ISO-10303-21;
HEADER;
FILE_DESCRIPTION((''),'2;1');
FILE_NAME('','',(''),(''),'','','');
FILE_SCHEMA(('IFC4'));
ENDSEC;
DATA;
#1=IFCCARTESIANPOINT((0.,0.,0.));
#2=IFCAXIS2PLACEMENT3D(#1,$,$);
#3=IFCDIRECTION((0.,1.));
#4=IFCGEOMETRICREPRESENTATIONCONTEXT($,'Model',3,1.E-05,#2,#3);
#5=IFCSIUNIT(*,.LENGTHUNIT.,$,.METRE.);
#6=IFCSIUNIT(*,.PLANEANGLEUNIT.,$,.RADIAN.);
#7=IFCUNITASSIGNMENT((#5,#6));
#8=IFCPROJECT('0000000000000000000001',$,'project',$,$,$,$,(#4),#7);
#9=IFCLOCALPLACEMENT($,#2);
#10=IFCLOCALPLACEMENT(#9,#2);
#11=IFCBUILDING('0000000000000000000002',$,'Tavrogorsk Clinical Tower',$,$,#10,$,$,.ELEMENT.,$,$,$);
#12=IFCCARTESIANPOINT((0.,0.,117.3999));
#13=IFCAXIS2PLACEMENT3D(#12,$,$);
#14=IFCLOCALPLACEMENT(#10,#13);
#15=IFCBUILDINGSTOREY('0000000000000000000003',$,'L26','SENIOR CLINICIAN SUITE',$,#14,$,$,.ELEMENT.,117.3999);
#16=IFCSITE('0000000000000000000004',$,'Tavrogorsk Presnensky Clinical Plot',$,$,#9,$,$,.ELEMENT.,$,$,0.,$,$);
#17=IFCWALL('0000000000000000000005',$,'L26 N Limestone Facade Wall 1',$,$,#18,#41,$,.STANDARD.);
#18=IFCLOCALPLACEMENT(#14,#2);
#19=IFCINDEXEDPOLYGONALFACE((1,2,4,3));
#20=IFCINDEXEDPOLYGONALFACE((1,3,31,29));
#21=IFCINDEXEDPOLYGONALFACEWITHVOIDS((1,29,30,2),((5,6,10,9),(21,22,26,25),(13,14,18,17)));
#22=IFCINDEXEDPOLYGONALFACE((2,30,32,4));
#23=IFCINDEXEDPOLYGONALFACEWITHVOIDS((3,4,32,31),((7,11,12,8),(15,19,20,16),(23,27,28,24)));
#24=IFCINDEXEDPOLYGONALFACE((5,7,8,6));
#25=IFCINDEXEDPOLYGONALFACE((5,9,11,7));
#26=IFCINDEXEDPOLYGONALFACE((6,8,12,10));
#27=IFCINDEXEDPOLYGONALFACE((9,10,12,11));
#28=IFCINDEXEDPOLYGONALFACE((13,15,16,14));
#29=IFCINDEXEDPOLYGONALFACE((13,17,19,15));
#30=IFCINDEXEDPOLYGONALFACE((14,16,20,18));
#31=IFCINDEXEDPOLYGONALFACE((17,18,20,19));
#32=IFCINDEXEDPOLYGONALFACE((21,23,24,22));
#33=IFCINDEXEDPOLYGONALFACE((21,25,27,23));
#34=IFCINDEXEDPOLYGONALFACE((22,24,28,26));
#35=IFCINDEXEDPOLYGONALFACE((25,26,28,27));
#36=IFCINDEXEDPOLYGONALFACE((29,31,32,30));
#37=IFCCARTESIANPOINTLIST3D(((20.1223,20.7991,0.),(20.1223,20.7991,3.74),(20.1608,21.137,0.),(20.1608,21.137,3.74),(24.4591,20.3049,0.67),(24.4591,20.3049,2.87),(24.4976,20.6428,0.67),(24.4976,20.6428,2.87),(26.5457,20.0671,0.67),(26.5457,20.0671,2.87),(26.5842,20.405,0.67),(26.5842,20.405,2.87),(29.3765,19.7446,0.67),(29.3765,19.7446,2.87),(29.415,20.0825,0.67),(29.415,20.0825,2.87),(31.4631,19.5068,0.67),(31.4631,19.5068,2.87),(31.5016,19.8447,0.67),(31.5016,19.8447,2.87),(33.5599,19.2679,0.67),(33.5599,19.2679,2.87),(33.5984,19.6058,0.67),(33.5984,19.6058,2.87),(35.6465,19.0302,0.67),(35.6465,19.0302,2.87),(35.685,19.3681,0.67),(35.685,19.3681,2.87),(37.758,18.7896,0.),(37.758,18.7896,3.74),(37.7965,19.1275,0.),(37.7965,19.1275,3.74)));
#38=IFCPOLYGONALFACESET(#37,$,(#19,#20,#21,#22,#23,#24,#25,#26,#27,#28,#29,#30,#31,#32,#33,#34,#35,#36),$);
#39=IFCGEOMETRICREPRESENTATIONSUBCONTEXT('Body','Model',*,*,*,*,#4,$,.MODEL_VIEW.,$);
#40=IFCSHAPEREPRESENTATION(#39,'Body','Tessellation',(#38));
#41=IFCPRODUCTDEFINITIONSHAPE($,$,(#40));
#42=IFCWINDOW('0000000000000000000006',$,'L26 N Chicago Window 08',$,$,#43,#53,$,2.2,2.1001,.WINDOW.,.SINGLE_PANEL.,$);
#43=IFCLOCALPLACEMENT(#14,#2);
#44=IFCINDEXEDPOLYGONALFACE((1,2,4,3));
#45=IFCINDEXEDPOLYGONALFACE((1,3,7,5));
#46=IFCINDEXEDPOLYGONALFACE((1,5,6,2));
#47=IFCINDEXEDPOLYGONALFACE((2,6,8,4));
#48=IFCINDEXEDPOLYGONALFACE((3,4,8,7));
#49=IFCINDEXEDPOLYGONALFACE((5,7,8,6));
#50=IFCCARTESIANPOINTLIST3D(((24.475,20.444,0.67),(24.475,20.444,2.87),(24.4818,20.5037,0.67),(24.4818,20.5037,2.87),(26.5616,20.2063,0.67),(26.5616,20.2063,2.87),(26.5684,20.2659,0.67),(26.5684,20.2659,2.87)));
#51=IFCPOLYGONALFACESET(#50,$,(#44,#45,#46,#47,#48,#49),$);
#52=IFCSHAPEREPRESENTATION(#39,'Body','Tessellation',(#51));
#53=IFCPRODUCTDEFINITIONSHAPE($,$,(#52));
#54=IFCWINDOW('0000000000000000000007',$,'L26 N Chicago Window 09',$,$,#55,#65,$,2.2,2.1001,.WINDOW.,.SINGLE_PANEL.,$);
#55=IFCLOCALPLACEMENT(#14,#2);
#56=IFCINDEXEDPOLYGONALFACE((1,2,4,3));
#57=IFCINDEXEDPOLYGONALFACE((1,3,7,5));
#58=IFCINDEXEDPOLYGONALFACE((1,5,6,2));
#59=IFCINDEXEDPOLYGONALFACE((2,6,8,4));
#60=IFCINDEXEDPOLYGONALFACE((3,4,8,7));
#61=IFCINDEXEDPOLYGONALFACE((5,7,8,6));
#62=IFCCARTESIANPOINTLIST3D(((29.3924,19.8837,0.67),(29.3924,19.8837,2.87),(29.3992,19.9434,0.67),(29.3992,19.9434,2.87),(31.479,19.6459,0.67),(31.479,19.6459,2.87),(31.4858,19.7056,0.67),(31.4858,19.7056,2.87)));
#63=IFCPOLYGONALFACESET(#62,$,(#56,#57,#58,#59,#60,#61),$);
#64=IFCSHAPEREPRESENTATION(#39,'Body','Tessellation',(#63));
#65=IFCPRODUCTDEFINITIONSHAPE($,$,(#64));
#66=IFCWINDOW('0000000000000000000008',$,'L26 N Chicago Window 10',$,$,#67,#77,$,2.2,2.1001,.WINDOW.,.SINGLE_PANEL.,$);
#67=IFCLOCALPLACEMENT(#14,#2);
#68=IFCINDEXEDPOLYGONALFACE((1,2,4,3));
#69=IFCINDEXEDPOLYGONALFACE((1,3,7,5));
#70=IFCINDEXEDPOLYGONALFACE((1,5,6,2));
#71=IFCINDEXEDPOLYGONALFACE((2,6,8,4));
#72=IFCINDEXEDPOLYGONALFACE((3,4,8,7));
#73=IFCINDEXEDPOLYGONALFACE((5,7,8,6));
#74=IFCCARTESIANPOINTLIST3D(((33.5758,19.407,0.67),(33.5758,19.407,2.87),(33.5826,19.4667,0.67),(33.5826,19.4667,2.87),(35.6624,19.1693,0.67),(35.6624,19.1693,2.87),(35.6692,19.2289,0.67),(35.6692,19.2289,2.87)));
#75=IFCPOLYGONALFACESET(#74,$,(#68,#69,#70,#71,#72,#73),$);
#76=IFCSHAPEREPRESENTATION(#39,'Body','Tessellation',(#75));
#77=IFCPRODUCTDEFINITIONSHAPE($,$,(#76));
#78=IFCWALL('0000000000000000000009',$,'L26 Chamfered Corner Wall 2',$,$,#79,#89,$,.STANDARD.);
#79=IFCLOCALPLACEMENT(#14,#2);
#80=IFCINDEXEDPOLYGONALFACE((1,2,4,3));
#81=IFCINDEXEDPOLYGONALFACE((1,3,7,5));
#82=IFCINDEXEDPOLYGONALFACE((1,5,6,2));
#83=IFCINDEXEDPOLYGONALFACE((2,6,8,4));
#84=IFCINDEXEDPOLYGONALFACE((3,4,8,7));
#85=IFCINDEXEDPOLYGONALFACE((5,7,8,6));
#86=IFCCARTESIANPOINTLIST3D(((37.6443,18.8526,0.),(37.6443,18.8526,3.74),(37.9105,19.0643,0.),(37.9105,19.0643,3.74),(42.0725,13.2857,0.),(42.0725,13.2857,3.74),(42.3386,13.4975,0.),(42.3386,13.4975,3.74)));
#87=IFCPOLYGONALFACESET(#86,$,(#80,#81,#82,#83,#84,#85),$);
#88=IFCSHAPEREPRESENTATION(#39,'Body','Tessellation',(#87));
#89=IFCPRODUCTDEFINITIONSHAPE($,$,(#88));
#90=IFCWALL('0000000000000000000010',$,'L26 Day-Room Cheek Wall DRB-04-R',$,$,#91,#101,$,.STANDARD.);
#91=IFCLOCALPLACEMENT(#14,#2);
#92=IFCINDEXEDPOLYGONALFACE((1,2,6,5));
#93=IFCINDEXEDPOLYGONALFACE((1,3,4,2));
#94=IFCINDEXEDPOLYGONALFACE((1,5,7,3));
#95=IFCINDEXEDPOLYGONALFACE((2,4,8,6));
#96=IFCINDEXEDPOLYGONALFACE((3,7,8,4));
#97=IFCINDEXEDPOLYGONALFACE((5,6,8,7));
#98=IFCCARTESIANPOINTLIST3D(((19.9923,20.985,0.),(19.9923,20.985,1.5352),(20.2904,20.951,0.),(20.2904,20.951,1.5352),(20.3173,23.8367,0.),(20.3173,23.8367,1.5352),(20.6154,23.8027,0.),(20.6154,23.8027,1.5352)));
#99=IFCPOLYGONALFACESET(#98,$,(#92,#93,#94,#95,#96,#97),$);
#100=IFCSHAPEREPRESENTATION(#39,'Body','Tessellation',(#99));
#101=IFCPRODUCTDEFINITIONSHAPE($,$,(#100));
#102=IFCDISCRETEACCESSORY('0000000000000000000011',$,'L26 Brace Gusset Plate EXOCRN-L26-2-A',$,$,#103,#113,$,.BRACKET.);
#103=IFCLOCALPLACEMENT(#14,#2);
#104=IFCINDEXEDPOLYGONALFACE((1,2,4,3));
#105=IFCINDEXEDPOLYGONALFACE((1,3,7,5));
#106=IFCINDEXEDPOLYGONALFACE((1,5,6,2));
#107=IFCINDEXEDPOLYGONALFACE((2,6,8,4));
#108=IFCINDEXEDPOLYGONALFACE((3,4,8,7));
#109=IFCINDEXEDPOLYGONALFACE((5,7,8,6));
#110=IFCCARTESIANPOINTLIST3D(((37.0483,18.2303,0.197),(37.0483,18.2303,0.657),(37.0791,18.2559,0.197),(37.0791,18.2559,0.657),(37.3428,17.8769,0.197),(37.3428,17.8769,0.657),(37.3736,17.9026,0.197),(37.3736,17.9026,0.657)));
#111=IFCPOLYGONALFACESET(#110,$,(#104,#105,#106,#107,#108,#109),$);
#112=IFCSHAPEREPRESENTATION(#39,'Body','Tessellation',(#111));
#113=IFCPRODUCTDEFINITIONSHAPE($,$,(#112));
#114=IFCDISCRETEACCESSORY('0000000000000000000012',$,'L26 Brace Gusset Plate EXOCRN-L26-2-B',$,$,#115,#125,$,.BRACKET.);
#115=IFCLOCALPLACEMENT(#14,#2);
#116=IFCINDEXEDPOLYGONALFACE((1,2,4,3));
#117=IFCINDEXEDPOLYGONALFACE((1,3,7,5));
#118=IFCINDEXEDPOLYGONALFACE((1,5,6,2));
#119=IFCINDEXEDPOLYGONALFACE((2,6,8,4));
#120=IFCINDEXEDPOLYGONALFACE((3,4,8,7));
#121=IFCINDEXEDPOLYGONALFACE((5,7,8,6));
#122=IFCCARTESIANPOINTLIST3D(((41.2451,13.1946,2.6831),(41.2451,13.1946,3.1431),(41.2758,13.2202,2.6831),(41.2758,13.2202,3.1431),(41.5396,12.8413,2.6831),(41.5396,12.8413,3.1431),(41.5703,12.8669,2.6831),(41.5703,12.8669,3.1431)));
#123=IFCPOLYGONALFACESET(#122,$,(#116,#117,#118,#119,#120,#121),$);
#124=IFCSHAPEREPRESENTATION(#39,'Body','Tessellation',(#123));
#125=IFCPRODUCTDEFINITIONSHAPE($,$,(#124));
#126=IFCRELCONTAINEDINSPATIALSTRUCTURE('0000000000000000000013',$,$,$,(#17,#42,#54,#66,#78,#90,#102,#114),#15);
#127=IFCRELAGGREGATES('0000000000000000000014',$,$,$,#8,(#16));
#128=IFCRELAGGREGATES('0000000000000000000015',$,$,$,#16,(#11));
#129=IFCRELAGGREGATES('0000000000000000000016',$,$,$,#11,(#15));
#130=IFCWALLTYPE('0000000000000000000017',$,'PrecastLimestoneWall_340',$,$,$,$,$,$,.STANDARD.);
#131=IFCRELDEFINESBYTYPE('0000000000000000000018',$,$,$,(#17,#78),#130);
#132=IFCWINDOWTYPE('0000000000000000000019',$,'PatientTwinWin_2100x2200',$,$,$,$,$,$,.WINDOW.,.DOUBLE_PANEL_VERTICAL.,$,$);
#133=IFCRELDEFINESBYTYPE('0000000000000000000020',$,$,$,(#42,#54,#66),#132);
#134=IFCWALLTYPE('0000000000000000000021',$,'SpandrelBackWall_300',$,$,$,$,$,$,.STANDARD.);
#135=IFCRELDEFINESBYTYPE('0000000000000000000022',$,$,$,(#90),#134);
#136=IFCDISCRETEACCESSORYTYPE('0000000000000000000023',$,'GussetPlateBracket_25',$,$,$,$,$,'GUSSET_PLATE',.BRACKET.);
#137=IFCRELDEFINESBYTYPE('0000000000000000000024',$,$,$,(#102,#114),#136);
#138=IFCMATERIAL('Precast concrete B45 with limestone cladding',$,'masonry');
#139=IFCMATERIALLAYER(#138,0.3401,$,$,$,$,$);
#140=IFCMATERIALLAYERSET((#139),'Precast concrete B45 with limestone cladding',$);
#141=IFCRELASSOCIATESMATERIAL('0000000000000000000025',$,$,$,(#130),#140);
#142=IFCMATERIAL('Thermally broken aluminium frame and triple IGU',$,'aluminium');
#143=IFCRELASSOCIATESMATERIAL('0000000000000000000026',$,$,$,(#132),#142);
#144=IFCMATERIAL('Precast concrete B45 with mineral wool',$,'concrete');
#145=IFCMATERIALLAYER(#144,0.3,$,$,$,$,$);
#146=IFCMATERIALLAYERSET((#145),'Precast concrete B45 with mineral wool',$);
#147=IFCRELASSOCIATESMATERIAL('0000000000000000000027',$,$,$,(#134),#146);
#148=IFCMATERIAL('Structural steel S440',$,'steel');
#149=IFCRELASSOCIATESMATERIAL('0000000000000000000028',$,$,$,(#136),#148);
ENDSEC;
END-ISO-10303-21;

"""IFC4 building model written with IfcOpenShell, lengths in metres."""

from ifc_helpers import new_model, si_unit, direction, frame, frame_2d, origin, origin_2d, place, context, subcontext, project, spatial, rectangle, extrude, material, layer, layer_set, type_object, element, fill, save


model = new_model("IFC4")

# Units and contexts
model_context = context("Model", 3, precision=1e-05, world=origin(), true_north=direction((0.0, 1.0)))
body_context = subcontext(model_context, "Body", "Model", "MODEL_VIEW")
ifc_project = project(units=[si_unit("LENGTHUNIT", "METRE"), si_unit("PLANEANGLEUNIT", "RADIAN")], contexts=[model_context])

# Site, building, storey
site_placement = place(None, origin())
site = spatial("IfcSite", under=ifc_project, at=site_placement, Name="Tavrogorsk Presnensky Clinical Plot", CompositionType="ELEMENT", RefElevation=0.0)
building_placement = place(site_placement, origin())
building = spatial("IfcBuilding", under=site, at=building_placement, Name="Tavrogorsk Clinical Tower", CompositionType="ELEMENT")
storey_placement = place(building_placement, frame((0.0, 0.0, 117.3999)))
storey = spatial("IfcBuildingStorey", under=building, at=storey_placement, Name="L26", Description="SENIOR CLINICIAN SUITE", CompositionType="ELEMENT", Elevation=117.3999)

# Wall, openings, windows
ifc_material_1 = material(Name="Precast concrete B45 with limestone cladding", Category="masonry")
ifc_layer_1 = layer(ifc_material_1, 0.3401)
ifc_layer_set_1 = layer_set([ifc_layer_1], Name="Precast concrete B45 with limestone cladding")
wall_type_1 = type_object("IfcWallType", Name="PrecastLimestoneWall_340", PredefinedType="STANDARD", material=ifc_layer_set_1)
wall_1_placement = place(storey_placement, frame((37.7773, 18.9585, 0.0), z_axis=(0.0, 0.0, 1.0), x_axis=(-0.993571, 0.113213, 0.0)))
wall_1 = element("IfcWall", 1, at=wall_1_placement, inside=storey, type_object=wall_type_1, Name="L26 N Limestone Facade Wall 1", PredefinedType="STANDARD", context=body_context, shape_type="SweptSolid", body=[
    extrude(rectangle(XDim=17.7498, YDim=0.3401, at=frame_2d((8.875, 0.0))), origin(), (0.0, 0.0, 1.0), 3.74),
])
opening_1_placement = place(wall_1_placement, frame((11.2849, 0.0, 0.6699)))
opening_1 = element("IfcOpeningElement", 2, at=opening_1_placement, cuts=wall_1, PredefinedType="OPENING", context=body_context, shape_type="SweptSolid", body=[
    extrude(rectangle(XDim=2.1001, YDim=2.2, at=frame_2d((1.05, 1.1001))), frame((0.0, 0.1799, 0.0), z_axis=(0.0, -1.0, 0.0), x_axis=(1.0, 0.0, 0.0)), (0.0, 0.0, 1.0), 0.3601),
])
opening_2_placement = place(wall_1_placement, frame((6.3357, 0.0, 0.6699)))
opening_2 = element("IfcOpeningElement", 3, at=opening_2_placement, cuts=wall_1, PredefinedType="OPENING", context=body_context, shape_type="SweptSolid", body=[
    extrude(rectangle(XDim=2.1001, YDim=2.2, at=frame_2d((1.05, 1.1001))), frame((0.0, 0.1799, 0.0), z_axis=(0.0, -1.0, 0.0), x_axis=(1.0, 0.0, 0.0)), (0.0, 0.0, 1.0), 0.3601),
])
opening_3_placement = place(wall_1_placement, frame((2.1252, 0.0, 0.6699)))
opening_3 = element("IfcOpeningElement", 4, at=opening_3_placement, cuts=wall_1, PredefinedType="OPENING", context=body_context, shape_type="SweptSolid", body=[
    extrude(rectangle(XDim=2.1001, YDim=2.2, at=frame_2d((1.05, 1.1001))), frame((0.0, 0.1799, 0.0), z_axis=(0.0, -1.0, 0.0), x_axis=(1.0, 0.0, 0.0)), (0.0, 0.0, 1.0), 0.3601),
])
ifc_material_2 = material(Name="Thermally broken aluminium frame and triple IGU", Category="aluminium")
window_type = type_object("IfcWindowType", Name="PatientTwinWin_2100x2200", PartitioningType="DOUBLE_PANEL_VERTICAL", PredefinedType="WINDOW", material=ifc_material_2)
window_1_placement = place(opening_1_placement, origin())
window_1 = element("IfcWindow", 5, at=window_1_placement, inside=storey, type_object=window_type, Name="L26 N Chicago Window 08", OverallHeight=2.2, OverallWidth=2.1001, PartitioningType="SINGLE_PANEL", PredefinedType="WINDOW", context=body_context, shape_type="SweptSolid", body=[
    extrude(rectangle(XDim=2.1001, YDim=2.2, at=frame_2d((1.05, 1.1001))), frame((0.0, 0.03, 0.0), z_axis=(0.0, -1.0, 0.0), x_axis=(1.0, 0.0, 0.0)), (0.0, 0.0, 1.0), 0.0601),
])
fill(opening_1, window_1)
window_2_placement = place(opening_2_placement, origin())
window_2 = element("IfcWindow", 6, at=window_2_placement, inside=storey, type_object=window_type, Name="L26 N Chicago Window 09", OverallHeight=2.2, OverallWidth=2.1001, PartitioningType="SINGLE_PANEL", PredefinedType="WINDOW", context=body_context, shape_type="SweptSolid", body=[
    extrude(rectangle(XDim=2.1001, YDim=2.2, at=frame_2d((1.05, 1.1001))), frame((0.0, 0.03, 0.0), z_axis=(0.0, -1.0, 0.0), x_axis=(1.0, 0.0, 0.0)), (0.0, 0.0, 1.0), 0.0601),
])
fill(opening_2, window_2)
window_3_placement = place(opening_3_placement, origin())
window_3 = element("IfcWindow", 7, at=window_3_placement, inside=storey, type_object=window_type, Name="L26 N Chicago Window 10", OverallHeight=2.2, OverallWidth=2.1001, PartitioningType="SINGLE_PANEL", PredefinedType="WINDOW", context=body_context, shape_type="SweptSolid", body=[
    extrude(rectangle(XDim=2.1001, YDim=2.2, at=frame_2d((1.05, 1.1001))), frame((0.0, 0.03, 0.0), z_axis=(0.0, -1.0, 0.0), x_axis=(1.0, 0.0, 0.0)), (0.0, 0.0, 1.0), 0.0601),
])
fill(opening_3, window_3)

# Walls
wall_2_placement = place(storey_placement, frame((42.2056, 13.3916, 0.0), z_axis=(0.0, 0.0, 1.0), x_axis=(-0.622525, 0.7826, 0.0)))
element("IfcWall", 8, at=wall_2_placement, inside=storey, type_object=wall_type_1, Name="L26 Chamfered Corner Wall 2", PredefinedType="STANDARD", context=body_context, shape_type="SweptSolid", body=[
    extrude(rectangle(XDim=7.1133, YDim=0.3401, at=frame_2d((3.5566, 0.0))), origin(), (0.0, 0.0, 1.0), 3.74),
])
ifc_material_3 = material(Name="Precast concrete B45 with mineral wool", Category="concrete")
ifc_layer_2 = layer(ifc_material_3, 0.3)
ifc_layer_set_2 = layer_set([ifc_layer_2], Name="Precast concrete B45 with mineral wool")
wall_type_2 = type_object("IfcWallType", Name="SpandrelBackWall_300", PredefinedType="STANDARD", material=ifc_layer_set_2)
wall_3_placement = place(storey_placement, frame((20.1414, 20.968, 0.0), z_axis=(0.0, 0.0, 1.0), x_axis=(0.113223, 0.99357, 0.0)))
element("IfcWall", 9, at=wall_3_placement, inside=storey, type_object=wall_type_2, Name="L26 Day-Room Cheek Wall DRB-04-R", PredefinedType="STANDARD", context=body_context, shape_type="SweptSolid", body=[
    extrude(rectangle(XDim=2.8701, YDim=0.3, at=frame_2d((1.4351, 0.0))), origin(), (0.0, 0.0, 1.0), 1.5352),
])

# Discrete accessories
ifc_material_4 = material(Name="Structural steel S440", Category="steel")
discrete_accessory_type = type_object("IfcDiscreteAccessoryType", Name="GussetPlateBracket_25", ElementType="GUSSET_PLATE", PredefinedType="BRACKET", material=ifc_material_4)
for number, where, z_axis, x_axis, name in (
    (10, (37.2109, 18.0664, 0.197), (0.0, 0.0, 1.0), (0.640244, -0.768172, 0.0), "L26 Brace Gusset Plate EXOCRN-L26-2-A"),
    (11, (41.4077, 13.0308, 2.6831), (0.0, 0.0, 1.0), (0.640244, -0.768172, 0.0), "L26 Brace Gusset Plate EXOCRN-L26-2-B"),
):
    element("IfcDiscreteAccessory", number, at=place(storey_placement, frame(where, z_axis=z_axis, x_axis=x_axis)), inside=storey, type_object=discrete_accessory_type, Name=name, PredefinedType="BRACKET", context=body_context, shape_type="SweptSolid", body=[
        extrude(rectangle(XDim=0.46, YDim=0.04, at=origin_2d()), origin(), (0.0, 0.0, 1.0), 0.46),
    ])

save(model, "model.ifc")
